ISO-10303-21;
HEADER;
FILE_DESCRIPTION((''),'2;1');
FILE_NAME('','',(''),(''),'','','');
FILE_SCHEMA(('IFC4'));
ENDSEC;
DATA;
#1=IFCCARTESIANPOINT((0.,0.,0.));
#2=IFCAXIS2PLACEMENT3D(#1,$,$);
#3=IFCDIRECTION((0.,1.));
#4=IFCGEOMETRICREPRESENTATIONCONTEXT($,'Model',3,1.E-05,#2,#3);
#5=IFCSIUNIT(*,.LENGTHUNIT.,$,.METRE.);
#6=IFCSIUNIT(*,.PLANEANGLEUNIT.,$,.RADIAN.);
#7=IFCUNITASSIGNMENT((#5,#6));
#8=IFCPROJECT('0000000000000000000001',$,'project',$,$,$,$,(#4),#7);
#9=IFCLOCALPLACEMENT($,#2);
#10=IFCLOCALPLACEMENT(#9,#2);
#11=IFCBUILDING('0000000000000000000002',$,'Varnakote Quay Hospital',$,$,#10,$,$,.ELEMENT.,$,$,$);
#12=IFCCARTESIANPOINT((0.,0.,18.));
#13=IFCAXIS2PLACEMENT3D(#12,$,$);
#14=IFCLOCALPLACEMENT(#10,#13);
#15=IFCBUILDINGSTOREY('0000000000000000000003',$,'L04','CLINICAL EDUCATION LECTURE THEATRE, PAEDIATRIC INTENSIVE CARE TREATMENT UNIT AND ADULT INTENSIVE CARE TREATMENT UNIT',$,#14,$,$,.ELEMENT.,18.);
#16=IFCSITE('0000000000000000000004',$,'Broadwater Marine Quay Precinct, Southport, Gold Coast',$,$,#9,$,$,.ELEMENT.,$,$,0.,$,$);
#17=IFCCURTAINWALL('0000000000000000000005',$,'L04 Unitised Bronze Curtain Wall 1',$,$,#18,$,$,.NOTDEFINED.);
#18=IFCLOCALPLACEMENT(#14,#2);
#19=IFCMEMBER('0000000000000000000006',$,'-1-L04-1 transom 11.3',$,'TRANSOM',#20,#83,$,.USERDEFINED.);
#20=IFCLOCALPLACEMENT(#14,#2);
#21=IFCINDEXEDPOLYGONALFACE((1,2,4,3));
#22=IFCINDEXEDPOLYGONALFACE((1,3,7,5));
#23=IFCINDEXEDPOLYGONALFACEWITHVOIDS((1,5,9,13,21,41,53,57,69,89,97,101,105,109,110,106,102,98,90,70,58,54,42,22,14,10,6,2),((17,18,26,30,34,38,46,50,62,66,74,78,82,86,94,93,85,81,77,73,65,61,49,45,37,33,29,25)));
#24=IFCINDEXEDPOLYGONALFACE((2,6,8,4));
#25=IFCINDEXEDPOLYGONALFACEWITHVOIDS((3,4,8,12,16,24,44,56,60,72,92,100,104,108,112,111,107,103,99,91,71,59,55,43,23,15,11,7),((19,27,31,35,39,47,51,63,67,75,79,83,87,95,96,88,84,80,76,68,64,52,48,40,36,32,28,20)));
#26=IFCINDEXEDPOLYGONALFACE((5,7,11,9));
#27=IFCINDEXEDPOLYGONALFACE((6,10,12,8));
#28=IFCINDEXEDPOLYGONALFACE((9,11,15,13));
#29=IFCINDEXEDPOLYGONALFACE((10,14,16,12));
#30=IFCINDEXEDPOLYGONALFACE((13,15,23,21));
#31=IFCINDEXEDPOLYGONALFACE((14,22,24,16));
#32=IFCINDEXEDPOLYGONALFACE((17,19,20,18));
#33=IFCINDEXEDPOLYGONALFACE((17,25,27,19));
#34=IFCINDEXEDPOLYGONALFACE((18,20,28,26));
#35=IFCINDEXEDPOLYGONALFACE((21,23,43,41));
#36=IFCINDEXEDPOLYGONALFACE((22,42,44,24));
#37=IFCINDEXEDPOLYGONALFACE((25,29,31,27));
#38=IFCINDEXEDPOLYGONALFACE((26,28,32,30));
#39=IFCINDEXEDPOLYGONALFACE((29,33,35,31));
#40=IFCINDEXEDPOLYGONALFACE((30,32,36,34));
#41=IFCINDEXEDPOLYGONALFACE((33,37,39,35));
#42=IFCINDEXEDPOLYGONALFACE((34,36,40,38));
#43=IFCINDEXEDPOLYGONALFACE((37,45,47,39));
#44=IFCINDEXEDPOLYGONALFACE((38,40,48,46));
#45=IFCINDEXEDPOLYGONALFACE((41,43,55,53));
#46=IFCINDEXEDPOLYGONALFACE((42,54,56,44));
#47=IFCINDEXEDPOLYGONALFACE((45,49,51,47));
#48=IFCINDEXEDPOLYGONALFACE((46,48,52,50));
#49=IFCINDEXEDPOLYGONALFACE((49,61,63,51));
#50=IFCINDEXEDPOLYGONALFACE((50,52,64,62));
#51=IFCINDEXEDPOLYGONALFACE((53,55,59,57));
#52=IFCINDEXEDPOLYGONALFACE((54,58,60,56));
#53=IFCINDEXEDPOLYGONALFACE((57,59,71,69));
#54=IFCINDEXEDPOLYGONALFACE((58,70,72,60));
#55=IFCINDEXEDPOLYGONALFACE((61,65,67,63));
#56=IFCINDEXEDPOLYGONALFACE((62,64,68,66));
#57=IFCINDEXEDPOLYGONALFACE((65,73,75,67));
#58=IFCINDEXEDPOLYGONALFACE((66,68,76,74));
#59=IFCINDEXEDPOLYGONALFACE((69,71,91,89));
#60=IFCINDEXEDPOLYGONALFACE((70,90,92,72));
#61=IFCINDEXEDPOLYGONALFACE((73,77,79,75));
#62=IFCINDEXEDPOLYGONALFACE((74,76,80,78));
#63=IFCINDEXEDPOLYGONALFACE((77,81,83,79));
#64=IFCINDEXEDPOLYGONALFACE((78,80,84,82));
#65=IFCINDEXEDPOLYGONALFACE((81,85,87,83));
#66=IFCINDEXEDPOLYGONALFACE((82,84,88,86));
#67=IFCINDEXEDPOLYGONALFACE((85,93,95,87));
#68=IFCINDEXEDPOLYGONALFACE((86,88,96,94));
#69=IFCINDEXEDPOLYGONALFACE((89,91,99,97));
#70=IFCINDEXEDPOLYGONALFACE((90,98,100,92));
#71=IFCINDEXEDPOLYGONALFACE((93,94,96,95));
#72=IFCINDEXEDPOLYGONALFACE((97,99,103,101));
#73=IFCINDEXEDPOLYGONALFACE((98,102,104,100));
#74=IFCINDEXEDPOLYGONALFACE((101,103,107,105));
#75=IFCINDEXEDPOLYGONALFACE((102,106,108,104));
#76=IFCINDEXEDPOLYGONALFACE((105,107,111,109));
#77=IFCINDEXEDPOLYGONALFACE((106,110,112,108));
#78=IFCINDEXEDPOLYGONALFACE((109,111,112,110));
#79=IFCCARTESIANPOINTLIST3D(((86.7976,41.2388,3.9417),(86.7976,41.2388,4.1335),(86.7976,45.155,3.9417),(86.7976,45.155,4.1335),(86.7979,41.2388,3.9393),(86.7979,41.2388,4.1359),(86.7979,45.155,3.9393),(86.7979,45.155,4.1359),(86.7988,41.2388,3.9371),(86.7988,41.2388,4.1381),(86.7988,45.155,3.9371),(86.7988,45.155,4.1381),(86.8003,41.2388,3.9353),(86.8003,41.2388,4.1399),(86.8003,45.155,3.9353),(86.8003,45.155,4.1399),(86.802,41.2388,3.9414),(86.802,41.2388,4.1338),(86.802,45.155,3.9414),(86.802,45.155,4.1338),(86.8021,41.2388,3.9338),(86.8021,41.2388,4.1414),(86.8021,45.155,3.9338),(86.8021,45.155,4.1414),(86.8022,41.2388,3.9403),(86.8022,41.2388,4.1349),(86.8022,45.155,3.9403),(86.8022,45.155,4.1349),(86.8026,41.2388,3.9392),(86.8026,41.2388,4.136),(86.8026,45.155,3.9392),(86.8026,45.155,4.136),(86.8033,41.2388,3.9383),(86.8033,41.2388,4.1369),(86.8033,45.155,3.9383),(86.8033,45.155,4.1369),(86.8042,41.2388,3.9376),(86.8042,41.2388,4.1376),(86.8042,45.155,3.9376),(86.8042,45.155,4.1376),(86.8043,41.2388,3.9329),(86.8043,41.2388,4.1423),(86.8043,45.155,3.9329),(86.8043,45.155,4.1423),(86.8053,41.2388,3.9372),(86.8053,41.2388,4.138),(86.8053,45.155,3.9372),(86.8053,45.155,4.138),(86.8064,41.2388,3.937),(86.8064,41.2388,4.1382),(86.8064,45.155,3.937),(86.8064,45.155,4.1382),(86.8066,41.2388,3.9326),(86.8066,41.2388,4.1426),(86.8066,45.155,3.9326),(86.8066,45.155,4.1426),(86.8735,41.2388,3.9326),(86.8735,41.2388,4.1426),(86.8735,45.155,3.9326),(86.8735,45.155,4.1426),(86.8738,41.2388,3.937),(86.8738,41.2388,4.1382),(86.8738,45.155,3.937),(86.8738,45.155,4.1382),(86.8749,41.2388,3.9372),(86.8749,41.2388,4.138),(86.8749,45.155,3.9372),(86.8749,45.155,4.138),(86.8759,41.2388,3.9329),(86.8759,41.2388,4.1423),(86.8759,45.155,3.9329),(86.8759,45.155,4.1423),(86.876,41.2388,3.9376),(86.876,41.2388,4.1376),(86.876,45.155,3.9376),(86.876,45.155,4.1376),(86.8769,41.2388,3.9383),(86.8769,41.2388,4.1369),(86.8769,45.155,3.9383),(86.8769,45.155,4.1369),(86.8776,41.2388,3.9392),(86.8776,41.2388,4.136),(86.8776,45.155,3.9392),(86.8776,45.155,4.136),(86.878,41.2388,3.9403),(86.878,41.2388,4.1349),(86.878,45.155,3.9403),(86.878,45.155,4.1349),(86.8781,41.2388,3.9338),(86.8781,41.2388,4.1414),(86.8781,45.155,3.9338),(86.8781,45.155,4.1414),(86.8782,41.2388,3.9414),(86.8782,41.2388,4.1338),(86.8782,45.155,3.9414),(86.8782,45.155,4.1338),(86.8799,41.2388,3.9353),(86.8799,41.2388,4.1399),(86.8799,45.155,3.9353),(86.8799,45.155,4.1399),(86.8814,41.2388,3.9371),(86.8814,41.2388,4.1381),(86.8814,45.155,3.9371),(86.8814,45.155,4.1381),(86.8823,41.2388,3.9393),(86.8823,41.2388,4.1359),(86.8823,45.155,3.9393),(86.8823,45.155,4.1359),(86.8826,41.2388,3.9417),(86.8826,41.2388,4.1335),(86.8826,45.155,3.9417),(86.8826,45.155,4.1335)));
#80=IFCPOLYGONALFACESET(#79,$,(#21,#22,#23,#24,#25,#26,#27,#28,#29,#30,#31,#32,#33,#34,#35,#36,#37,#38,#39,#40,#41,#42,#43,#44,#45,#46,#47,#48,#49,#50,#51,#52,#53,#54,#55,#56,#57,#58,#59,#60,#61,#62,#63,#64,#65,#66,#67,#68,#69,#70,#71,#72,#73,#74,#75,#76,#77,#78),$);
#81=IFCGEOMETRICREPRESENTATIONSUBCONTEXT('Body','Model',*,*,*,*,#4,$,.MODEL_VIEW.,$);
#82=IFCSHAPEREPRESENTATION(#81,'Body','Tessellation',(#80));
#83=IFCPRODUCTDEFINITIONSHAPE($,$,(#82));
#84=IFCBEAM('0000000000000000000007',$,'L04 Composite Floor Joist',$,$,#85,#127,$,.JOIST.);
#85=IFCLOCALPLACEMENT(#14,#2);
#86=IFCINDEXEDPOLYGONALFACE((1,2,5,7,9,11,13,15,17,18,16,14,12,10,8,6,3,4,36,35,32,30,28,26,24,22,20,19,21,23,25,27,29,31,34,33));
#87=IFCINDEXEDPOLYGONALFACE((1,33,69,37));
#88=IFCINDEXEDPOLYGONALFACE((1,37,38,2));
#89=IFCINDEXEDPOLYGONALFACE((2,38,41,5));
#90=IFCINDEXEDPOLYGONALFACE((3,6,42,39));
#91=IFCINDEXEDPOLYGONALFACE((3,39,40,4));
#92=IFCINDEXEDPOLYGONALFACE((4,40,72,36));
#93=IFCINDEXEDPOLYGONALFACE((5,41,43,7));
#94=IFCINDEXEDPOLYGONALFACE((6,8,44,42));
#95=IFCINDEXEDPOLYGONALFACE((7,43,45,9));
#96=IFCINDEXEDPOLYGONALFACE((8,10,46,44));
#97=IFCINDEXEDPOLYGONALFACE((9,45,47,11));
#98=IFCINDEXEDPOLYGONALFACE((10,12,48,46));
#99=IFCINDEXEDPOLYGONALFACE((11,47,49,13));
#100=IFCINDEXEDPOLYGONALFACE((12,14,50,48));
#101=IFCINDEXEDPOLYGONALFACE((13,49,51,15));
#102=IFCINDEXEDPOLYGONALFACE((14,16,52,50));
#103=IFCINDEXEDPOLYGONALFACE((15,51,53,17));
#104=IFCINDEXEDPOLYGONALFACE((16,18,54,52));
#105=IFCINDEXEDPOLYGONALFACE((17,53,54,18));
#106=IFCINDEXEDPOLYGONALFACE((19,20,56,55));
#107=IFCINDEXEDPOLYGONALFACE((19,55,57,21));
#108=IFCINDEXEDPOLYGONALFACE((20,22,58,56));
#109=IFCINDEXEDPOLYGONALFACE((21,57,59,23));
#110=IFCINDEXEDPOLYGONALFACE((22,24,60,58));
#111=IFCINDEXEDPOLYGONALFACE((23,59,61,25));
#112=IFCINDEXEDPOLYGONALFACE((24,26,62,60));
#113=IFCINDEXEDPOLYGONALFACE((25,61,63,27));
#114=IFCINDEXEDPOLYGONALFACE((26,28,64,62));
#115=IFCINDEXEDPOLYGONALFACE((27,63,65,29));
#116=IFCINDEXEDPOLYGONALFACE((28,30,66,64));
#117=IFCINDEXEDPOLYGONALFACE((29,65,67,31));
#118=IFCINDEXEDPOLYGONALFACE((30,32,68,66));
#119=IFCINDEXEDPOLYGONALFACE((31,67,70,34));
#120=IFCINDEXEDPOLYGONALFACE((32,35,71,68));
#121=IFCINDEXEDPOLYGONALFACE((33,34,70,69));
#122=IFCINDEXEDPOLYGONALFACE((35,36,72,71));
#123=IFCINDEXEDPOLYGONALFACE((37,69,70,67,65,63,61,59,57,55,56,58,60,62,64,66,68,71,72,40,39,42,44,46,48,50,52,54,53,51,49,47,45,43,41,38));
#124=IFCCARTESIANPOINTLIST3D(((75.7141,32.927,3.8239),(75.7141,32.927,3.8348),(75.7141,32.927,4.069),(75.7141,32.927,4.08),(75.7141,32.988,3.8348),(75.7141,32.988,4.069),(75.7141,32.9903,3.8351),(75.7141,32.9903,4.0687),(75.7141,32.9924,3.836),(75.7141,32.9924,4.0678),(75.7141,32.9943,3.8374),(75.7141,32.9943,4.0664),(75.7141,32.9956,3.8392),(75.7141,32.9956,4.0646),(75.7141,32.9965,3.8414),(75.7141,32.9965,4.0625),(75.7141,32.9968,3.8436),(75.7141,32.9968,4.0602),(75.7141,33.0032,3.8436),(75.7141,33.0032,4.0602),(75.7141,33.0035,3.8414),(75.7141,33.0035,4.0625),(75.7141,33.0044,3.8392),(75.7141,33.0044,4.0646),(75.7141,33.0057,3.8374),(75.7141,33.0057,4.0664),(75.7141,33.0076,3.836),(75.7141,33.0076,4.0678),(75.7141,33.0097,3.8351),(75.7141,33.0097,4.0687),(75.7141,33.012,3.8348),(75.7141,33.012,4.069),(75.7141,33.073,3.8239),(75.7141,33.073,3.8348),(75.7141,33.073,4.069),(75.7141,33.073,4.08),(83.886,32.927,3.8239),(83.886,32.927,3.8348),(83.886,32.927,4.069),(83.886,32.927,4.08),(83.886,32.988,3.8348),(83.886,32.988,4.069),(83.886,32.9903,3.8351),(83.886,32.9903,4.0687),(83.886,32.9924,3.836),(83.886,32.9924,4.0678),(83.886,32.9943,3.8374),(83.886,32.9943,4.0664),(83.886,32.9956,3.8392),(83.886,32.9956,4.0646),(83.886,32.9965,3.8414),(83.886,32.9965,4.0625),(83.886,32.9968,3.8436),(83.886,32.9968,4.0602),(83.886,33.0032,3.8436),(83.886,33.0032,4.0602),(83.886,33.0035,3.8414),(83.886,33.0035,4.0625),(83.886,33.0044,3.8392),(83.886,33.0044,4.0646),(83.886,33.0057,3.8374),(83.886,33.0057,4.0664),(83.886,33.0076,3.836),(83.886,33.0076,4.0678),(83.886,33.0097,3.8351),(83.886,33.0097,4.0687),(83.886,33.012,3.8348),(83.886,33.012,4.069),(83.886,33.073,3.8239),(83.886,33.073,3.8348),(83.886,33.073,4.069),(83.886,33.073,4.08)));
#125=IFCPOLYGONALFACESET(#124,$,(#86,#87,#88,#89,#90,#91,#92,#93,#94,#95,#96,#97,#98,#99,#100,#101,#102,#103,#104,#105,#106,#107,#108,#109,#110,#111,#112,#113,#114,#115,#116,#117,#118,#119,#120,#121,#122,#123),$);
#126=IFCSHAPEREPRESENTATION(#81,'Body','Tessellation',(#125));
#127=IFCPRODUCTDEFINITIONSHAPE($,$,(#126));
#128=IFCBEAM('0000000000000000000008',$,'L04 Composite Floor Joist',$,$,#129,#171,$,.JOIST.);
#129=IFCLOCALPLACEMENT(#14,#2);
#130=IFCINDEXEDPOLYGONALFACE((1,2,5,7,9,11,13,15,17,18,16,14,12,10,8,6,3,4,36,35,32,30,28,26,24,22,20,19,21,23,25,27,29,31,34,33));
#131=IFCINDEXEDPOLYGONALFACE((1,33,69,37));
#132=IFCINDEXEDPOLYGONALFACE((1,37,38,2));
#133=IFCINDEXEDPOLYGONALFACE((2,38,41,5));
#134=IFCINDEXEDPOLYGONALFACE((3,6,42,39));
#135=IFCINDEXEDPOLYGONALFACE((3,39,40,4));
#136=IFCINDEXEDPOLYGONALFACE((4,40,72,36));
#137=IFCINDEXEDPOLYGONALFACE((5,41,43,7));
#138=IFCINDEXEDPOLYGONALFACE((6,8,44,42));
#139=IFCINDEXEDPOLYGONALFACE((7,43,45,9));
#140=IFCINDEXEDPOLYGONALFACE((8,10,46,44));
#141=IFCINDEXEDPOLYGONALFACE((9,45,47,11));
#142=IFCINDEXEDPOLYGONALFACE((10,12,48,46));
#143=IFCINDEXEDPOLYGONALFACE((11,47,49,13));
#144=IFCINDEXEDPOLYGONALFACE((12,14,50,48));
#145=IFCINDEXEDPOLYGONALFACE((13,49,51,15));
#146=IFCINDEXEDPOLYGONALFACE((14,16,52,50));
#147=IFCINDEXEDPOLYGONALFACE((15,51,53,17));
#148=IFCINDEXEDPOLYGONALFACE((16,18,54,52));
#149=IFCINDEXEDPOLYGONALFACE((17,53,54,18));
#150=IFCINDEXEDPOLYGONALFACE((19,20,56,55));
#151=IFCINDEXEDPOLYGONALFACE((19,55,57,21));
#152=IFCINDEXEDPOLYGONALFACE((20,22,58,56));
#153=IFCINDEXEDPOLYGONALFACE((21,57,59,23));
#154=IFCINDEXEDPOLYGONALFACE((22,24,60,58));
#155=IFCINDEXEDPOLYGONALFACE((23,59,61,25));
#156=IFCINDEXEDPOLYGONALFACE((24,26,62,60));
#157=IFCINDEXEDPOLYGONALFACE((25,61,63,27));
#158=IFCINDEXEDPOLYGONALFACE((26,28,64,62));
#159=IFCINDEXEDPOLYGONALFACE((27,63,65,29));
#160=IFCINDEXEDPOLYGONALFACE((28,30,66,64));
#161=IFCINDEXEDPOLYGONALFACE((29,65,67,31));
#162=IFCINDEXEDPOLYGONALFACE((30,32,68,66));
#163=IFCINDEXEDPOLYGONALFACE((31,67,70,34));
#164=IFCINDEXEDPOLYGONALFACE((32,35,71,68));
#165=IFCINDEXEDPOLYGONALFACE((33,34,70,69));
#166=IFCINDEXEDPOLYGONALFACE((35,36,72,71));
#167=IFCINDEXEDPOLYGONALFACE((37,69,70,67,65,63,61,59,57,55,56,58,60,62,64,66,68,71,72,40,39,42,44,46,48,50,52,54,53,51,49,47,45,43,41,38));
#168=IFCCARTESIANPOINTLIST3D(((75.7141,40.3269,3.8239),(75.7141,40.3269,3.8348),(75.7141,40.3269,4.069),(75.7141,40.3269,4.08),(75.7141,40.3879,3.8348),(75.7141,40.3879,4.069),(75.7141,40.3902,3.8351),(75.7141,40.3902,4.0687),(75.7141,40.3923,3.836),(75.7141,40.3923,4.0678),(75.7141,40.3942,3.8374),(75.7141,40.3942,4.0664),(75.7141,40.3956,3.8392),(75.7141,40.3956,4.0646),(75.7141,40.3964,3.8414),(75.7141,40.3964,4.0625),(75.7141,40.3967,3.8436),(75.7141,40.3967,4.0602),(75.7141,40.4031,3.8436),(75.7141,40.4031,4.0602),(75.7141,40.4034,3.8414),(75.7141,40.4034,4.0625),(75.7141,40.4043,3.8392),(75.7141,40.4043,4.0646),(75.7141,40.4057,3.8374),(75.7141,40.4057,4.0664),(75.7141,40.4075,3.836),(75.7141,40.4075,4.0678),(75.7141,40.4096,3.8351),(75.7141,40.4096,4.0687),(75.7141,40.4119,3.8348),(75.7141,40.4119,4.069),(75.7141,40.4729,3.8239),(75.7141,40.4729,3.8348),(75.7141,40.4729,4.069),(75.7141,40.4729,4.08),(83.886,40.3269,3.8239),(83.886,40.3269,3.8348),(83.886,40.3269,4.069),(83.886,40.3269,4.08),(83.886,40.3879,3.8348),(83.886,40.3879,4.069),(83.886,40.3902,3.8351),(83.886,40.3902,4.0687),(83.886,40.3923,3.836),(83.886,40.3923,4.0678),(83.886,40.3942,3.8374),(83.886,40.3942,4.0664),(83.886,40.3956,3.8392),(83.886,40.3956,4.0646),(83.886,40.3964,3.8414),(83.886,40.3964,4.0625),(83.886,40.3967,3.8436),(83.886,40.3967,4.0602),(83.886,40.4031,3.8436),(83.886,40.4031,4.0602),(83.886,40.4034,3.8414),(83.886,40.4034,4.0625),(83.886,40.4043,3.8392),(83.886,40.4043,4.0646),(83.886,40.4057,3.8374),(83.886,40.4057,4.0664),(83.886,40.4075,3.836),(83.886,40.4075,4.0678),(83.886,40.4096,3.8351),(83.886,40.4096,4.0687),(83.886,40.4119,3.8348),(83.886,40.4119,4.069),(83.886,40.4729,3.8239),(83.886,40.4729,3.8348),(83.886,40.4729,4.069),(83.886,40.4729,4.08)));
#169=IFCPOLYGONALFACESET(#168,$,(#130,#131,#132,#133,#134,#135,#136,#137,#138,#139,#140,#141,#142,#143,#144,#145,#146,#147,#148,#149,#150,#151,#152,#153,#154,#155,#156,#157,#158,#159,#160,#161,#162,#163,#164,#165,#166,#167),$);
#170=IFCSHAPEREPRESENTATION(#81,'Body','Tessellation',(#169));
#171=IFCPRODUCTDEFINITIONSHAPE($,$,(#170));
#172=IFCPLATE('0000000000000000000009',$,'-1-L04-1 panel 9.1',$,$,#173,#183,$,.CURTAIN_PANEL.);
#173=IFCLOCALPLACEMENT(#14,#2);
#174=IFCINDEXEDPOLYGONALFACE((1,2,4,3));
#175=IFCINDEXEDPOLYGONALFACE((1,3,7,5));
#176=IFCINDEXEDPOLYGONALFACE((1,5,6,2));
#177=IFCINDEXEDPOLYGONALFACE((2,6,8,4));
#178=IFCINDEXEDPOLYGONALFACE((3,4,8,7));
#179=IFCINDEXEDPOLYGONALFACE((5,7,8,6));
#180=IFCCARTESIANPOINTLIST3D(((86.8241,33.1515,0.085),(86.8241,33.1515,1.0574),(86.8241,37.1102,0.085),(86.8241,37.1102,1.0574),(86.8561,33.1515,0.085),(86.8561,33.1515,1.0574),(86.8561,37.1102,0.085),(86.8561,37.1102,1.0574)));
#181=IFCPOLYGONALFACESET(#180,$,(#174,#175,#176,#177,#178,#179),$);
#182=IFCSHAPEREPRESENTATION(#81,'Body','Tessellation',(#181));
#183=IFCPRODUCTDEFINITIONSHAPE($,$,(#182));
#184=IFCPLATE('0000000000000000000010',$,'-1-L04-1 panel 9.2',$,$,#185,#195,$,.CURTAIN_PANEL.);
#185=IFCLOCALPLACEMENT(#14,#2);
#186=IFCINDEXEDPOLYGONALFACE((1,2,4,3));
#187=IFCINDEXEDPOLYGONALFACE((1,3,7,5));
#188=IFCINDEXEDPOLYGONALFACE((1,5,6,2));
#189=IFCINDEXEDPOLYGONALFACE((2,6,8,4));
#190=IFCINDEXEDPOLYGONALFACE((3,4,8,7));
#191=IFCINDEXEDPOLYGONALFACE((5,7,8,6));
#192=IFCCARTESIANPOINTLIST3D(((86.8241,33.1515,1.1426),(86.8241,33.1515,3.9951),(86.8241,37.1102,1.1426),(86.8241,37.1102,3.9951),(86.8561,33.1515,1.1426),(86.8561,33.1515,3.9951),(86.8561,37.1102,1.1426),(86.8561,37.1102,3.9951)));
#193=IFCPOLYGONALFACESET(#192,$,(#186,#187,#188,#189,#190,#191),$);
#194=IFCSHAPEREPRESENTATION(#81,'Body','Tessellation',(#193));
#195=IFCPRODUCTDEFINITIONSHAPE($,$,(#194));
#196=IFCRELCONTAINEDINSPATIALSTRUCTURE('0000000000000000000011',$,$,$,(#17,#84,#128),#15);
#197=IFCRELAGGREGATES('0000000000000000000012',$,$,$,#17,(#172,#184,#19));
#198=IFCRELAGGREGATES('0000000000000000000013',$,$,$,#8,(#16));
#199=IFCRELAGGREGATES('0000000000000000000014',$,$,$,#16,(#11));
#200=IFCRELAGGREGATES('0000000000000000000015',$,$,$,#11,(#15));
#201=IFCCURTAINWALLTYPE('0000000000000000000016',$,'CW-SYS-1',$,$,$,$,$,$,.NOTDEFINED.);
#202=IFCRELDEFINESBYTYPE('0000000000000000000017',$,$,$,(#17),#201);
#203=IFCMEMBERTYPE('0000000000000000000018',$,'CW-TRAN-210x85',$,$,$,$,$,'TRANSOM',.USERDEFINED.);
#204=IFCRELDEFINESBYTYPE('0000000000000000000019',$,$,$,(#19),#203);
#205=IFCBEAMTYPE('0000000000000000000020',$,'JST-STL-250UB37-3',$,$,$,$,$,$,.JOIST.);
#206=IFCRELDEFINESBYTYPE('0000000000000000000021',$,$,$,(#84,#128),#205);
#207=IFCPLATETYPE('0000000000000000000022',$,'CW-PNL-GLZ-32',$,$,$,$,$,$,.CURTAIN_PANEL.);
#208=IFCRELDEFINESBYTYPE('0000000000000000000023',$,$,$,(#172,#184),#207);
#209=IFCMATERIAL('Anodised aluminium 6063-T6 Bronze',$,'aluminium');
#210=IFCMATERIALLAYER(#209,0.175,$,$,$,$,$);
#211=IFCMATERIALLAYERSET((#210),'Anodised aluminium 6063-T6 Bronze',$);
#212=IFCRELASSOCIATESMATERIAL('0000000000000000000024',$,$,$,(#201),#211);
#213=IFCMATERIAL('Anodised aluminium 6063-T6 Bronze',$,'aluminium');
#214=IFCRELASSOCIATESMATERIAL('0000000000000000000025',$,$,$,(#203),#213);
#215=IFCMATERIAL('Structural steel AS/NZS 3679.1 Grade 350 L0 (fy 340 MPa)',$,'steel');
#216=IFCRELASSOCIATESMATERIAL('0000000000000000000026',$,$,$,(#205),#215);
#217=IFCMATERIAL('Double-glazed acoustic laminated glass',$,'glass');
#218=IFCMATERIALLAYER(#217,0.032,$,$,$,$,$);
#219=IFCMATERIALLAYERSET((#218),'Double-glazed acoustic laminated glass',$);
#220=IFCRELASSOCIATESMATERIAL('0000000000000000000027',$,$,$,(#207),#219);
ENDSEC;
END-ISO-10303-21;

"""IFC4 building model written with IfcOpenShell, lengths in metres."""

from ifc_helpers import new_model, si_unit, direction, frame, origin, origin_2d, place, context, subcontext, project, spatial, rectangle, hollow_rectangle, i_section, extrude, material, layer, layer_set, material_profile, profile_set, type_object, element, aggregate, save


model = new_model("IFC4")

# Units and contexts
model_context = context("Model", 3, precision=1e-05, world=origin(), true_north=direction((0.0, 1.0)))
body_context = subcontext(model_context, "Body", "Model", "MODEL_VIEW")
ifc_project = project(units=[si_unit("LENGTHUNIT", "METRE"), si_unit("PLANEANGLEUNIT", "RADIAN")], contexts=[model_context])

# Site, building, storey
site_placement = place(None, origin())
site = spatial("IfcSite", under=ifc_project, at=site_placement, Name="Broadwater Marine Quay Precinct, Southport, Gold Coast", CompositionType="ELEMENT", RefElevation=0.0)
building_placement = place(site_placement, origin())
building = spatial("IfcBuilding", under=site, at=building_placement, Name="Varnakote Quay Hospital", CompositionType="ELEMENT")
storey_placement = place(building_placement, frame((0.0, 0.0, 18.0)))
storey = spatial("IfcBuildingStorey", under=building, at=storey_placement, Name="L04", Description="CLINICAL EDUCATION LECTURE THEATRE, PAEDIATRIC INTENSIVE CARE TREATMENT UNIT AND ADULT INTENSIVE CARE TREATMENT UNIT", CompositionType="ELEMENT", Elevation=18.0)

# Curtain wall, member
ifc_material_1 = material(Name="Anodised aluminium 6063-T6 Bronze", Category="aluminium")
ifc_layer_1 = layer(ifc_material_1, 0.175)
ifc_layer_set_1 = layer_set([ifc_layer_1], Name="Anodised aluminium 6063-T6 Bronze")
curtain_wall_type = type_object("IfcCurtainWallType", Name="CW-SYS-1", PredefinedType="NOTDEFINED", material=ifc_layer_set_1)
curtain_wall_placement = place(storey_placement, origin())
curtain_wall = element("IfcCurtainWall", 1, at=curtain_wall_placement, inside=storey, type_object=curtain_wall_type, Name="L04 Unitised Bronze Curtain Wall 1", PredefinedType="NOTDEFINED")
ifc_material_2 = material(Name="Anodised aluminium 6063-T6 Bronze", Category="aluminium")
ifc_material_profile_1 = material_profile(ifc_material_2, hollow_rectangle(XDim=0.085, YDim=0.21, WallThickness=0.0044, InnerFilletRadius=0.0044, OuterFilletRadius=0.009, at=origin_2d()), Name="CW-TRAN-210x85")
ifc_profile_set_1 = profile_set([ifc_material_profile_1], Name="Anodised aluminium 6063-T6 Bronze")
member_type_1 = type_object("IfcMemberType", Name="CW-TRAN-210x85", ElementType="TRANSOM", PredefinedType="USERDEFINED", material=ifc_profile_set_1)
member_1_placement = place(storey_placement, frame((86.8401, 41.2388, 4.0376), z_axis=(0.0, 1.0, 0.0), x_axis=(-1.0, 0.0, 0.0)))
member_1 = element("IfcMember", 2, at=member_1_placement, type_object=member_type_1, Name="-1-L04-1 transom 11.3", ObjectType="TRANSOM", PredefinedType="USERDEFINED", context=body_context, shape_type="SweptSolid", body=[
    extrude(hollow_rectangle(XDim=0.085, YDim=0.21, WallThickness=0.0044, InnerFilletRadius=0.0044, OuterFilletRadius=0.009, at=origin_2d()), origin(), (0.0, 0.0, 1.0), 3.9163),
])

# Beams
ifc_material_3 = material(Name="Structural steel AS/NZS 3679.1 Grade 350 L0 (fy 340 MPa)", Category="steel")
ifc_material_profile_2 = material_profile(ifc_material_3, i_section(OverallWidth=0.146, OverallDepth=0.2561, WebThickness=0.0063, FlangeThickness=0.011, FilletRadius=0.0088, at=origin_2d()), Name="250UB37.3")
ifc_profile_set_2 = profile_set([ifc_material_profile_2], Name="Structural steel AS/NZS 3679.1 Grade 350 L0 (fy 340 MPa)")
beam_type_1 = type_object("IfcBeamType", Name="JST-STL-250UB37-3", PredefinedType="JOIST", material=ifc_profile_set_2)
for number, where, z_axis, x_axis, name in (
    (3, (75.7141, 33.0, 3.9519), (1.0, 0.0, 0.0), (0.0, 1.0, 0.0), "L04 Composite Floor Joist"),
    (4, (75.7141, 40.3999, 3.9519), (1.0, 0.0, 0.0), (0.0, 1.0, 0.0), "L04 Composite Floor Joist"),
):
    element("IfcBeam", number, at=place(storey_placement, frame(where, z_axis=z_axis, x_axis=x_axis)), inside=storey, type_object=beam_type_1, Name=name, PredefinedType="JOIST", context=body_context, shape_type="SweptSolid", body=[
        extrude(i_section(OverallWidth=0.146, OverallDepth=0.2561, WebThickness=0.0063, FlangeThickness=0.011, FilletRadius=0.0088, at=origin_2d()), origin(), (0.0, 0.0, 1.0), 8.1719),
    ])

# Plates
ifc_material_4 = material(Name="Double-glazed acoustic laminated glass", Category="glass")
ifc_layer_2 = layer(ifc_material_4, 0.032)
ifc_layer_set_2 = layer_set([ifc_layer_2], Name="Double-glazed acoustic laminated glass")
plate_type = type_object("IfcPlateType", Name="CW-PNL-GLZ-32", PredefinedType="CURTAIN_PANEL", material=ifc_layer_set_2)
plate_1_placement = place(storey_placement, frame((86.8401, 35.1309, 0.085), z_axis=(0.0, 0.0, 1.0), x_axis=(0.0, 1.0, 0.0)))
plate_1 = element("IfcPlate", 5, at=plate_1_placement, type_object=plate_type, Name="-1-L04-1 panel 9.1", PredefinedType="CURTAIN_PANEL", context=body_context, shape_type="SweptSolid", body=[
    extrude(rectangle(XDim=3.9587, YDim=0.032, at=origin_2d()), origin(), (0.0, 0.0, 1.0), 0.9724),
])
plate_2_placement = place(storey_placement, frame((86.8401, 35.1309, 1.1426), z_axis=(0.0, 0.0, 1.0), x_axis=(0.0, 1.0, 0.0)))
plate_2 = element("IfcPlate", 6, at=plate_2_placement, type_object=plate_type, Name="-1-L04-1 panel 9.2", PredefinedType="CURTAIN_PANEL", context=body_context, shape_type="SweptSolid", body=[
    extrude(rectangle(XDim=3.9587, YDim=0.032, at=origin_2d()), origin(), (0.0, 0.0, 1.0), 2.8525),
])
aggregate(curtain_wall, [plate_1, plate_2, member_1])

save(model, "model.ifc")
